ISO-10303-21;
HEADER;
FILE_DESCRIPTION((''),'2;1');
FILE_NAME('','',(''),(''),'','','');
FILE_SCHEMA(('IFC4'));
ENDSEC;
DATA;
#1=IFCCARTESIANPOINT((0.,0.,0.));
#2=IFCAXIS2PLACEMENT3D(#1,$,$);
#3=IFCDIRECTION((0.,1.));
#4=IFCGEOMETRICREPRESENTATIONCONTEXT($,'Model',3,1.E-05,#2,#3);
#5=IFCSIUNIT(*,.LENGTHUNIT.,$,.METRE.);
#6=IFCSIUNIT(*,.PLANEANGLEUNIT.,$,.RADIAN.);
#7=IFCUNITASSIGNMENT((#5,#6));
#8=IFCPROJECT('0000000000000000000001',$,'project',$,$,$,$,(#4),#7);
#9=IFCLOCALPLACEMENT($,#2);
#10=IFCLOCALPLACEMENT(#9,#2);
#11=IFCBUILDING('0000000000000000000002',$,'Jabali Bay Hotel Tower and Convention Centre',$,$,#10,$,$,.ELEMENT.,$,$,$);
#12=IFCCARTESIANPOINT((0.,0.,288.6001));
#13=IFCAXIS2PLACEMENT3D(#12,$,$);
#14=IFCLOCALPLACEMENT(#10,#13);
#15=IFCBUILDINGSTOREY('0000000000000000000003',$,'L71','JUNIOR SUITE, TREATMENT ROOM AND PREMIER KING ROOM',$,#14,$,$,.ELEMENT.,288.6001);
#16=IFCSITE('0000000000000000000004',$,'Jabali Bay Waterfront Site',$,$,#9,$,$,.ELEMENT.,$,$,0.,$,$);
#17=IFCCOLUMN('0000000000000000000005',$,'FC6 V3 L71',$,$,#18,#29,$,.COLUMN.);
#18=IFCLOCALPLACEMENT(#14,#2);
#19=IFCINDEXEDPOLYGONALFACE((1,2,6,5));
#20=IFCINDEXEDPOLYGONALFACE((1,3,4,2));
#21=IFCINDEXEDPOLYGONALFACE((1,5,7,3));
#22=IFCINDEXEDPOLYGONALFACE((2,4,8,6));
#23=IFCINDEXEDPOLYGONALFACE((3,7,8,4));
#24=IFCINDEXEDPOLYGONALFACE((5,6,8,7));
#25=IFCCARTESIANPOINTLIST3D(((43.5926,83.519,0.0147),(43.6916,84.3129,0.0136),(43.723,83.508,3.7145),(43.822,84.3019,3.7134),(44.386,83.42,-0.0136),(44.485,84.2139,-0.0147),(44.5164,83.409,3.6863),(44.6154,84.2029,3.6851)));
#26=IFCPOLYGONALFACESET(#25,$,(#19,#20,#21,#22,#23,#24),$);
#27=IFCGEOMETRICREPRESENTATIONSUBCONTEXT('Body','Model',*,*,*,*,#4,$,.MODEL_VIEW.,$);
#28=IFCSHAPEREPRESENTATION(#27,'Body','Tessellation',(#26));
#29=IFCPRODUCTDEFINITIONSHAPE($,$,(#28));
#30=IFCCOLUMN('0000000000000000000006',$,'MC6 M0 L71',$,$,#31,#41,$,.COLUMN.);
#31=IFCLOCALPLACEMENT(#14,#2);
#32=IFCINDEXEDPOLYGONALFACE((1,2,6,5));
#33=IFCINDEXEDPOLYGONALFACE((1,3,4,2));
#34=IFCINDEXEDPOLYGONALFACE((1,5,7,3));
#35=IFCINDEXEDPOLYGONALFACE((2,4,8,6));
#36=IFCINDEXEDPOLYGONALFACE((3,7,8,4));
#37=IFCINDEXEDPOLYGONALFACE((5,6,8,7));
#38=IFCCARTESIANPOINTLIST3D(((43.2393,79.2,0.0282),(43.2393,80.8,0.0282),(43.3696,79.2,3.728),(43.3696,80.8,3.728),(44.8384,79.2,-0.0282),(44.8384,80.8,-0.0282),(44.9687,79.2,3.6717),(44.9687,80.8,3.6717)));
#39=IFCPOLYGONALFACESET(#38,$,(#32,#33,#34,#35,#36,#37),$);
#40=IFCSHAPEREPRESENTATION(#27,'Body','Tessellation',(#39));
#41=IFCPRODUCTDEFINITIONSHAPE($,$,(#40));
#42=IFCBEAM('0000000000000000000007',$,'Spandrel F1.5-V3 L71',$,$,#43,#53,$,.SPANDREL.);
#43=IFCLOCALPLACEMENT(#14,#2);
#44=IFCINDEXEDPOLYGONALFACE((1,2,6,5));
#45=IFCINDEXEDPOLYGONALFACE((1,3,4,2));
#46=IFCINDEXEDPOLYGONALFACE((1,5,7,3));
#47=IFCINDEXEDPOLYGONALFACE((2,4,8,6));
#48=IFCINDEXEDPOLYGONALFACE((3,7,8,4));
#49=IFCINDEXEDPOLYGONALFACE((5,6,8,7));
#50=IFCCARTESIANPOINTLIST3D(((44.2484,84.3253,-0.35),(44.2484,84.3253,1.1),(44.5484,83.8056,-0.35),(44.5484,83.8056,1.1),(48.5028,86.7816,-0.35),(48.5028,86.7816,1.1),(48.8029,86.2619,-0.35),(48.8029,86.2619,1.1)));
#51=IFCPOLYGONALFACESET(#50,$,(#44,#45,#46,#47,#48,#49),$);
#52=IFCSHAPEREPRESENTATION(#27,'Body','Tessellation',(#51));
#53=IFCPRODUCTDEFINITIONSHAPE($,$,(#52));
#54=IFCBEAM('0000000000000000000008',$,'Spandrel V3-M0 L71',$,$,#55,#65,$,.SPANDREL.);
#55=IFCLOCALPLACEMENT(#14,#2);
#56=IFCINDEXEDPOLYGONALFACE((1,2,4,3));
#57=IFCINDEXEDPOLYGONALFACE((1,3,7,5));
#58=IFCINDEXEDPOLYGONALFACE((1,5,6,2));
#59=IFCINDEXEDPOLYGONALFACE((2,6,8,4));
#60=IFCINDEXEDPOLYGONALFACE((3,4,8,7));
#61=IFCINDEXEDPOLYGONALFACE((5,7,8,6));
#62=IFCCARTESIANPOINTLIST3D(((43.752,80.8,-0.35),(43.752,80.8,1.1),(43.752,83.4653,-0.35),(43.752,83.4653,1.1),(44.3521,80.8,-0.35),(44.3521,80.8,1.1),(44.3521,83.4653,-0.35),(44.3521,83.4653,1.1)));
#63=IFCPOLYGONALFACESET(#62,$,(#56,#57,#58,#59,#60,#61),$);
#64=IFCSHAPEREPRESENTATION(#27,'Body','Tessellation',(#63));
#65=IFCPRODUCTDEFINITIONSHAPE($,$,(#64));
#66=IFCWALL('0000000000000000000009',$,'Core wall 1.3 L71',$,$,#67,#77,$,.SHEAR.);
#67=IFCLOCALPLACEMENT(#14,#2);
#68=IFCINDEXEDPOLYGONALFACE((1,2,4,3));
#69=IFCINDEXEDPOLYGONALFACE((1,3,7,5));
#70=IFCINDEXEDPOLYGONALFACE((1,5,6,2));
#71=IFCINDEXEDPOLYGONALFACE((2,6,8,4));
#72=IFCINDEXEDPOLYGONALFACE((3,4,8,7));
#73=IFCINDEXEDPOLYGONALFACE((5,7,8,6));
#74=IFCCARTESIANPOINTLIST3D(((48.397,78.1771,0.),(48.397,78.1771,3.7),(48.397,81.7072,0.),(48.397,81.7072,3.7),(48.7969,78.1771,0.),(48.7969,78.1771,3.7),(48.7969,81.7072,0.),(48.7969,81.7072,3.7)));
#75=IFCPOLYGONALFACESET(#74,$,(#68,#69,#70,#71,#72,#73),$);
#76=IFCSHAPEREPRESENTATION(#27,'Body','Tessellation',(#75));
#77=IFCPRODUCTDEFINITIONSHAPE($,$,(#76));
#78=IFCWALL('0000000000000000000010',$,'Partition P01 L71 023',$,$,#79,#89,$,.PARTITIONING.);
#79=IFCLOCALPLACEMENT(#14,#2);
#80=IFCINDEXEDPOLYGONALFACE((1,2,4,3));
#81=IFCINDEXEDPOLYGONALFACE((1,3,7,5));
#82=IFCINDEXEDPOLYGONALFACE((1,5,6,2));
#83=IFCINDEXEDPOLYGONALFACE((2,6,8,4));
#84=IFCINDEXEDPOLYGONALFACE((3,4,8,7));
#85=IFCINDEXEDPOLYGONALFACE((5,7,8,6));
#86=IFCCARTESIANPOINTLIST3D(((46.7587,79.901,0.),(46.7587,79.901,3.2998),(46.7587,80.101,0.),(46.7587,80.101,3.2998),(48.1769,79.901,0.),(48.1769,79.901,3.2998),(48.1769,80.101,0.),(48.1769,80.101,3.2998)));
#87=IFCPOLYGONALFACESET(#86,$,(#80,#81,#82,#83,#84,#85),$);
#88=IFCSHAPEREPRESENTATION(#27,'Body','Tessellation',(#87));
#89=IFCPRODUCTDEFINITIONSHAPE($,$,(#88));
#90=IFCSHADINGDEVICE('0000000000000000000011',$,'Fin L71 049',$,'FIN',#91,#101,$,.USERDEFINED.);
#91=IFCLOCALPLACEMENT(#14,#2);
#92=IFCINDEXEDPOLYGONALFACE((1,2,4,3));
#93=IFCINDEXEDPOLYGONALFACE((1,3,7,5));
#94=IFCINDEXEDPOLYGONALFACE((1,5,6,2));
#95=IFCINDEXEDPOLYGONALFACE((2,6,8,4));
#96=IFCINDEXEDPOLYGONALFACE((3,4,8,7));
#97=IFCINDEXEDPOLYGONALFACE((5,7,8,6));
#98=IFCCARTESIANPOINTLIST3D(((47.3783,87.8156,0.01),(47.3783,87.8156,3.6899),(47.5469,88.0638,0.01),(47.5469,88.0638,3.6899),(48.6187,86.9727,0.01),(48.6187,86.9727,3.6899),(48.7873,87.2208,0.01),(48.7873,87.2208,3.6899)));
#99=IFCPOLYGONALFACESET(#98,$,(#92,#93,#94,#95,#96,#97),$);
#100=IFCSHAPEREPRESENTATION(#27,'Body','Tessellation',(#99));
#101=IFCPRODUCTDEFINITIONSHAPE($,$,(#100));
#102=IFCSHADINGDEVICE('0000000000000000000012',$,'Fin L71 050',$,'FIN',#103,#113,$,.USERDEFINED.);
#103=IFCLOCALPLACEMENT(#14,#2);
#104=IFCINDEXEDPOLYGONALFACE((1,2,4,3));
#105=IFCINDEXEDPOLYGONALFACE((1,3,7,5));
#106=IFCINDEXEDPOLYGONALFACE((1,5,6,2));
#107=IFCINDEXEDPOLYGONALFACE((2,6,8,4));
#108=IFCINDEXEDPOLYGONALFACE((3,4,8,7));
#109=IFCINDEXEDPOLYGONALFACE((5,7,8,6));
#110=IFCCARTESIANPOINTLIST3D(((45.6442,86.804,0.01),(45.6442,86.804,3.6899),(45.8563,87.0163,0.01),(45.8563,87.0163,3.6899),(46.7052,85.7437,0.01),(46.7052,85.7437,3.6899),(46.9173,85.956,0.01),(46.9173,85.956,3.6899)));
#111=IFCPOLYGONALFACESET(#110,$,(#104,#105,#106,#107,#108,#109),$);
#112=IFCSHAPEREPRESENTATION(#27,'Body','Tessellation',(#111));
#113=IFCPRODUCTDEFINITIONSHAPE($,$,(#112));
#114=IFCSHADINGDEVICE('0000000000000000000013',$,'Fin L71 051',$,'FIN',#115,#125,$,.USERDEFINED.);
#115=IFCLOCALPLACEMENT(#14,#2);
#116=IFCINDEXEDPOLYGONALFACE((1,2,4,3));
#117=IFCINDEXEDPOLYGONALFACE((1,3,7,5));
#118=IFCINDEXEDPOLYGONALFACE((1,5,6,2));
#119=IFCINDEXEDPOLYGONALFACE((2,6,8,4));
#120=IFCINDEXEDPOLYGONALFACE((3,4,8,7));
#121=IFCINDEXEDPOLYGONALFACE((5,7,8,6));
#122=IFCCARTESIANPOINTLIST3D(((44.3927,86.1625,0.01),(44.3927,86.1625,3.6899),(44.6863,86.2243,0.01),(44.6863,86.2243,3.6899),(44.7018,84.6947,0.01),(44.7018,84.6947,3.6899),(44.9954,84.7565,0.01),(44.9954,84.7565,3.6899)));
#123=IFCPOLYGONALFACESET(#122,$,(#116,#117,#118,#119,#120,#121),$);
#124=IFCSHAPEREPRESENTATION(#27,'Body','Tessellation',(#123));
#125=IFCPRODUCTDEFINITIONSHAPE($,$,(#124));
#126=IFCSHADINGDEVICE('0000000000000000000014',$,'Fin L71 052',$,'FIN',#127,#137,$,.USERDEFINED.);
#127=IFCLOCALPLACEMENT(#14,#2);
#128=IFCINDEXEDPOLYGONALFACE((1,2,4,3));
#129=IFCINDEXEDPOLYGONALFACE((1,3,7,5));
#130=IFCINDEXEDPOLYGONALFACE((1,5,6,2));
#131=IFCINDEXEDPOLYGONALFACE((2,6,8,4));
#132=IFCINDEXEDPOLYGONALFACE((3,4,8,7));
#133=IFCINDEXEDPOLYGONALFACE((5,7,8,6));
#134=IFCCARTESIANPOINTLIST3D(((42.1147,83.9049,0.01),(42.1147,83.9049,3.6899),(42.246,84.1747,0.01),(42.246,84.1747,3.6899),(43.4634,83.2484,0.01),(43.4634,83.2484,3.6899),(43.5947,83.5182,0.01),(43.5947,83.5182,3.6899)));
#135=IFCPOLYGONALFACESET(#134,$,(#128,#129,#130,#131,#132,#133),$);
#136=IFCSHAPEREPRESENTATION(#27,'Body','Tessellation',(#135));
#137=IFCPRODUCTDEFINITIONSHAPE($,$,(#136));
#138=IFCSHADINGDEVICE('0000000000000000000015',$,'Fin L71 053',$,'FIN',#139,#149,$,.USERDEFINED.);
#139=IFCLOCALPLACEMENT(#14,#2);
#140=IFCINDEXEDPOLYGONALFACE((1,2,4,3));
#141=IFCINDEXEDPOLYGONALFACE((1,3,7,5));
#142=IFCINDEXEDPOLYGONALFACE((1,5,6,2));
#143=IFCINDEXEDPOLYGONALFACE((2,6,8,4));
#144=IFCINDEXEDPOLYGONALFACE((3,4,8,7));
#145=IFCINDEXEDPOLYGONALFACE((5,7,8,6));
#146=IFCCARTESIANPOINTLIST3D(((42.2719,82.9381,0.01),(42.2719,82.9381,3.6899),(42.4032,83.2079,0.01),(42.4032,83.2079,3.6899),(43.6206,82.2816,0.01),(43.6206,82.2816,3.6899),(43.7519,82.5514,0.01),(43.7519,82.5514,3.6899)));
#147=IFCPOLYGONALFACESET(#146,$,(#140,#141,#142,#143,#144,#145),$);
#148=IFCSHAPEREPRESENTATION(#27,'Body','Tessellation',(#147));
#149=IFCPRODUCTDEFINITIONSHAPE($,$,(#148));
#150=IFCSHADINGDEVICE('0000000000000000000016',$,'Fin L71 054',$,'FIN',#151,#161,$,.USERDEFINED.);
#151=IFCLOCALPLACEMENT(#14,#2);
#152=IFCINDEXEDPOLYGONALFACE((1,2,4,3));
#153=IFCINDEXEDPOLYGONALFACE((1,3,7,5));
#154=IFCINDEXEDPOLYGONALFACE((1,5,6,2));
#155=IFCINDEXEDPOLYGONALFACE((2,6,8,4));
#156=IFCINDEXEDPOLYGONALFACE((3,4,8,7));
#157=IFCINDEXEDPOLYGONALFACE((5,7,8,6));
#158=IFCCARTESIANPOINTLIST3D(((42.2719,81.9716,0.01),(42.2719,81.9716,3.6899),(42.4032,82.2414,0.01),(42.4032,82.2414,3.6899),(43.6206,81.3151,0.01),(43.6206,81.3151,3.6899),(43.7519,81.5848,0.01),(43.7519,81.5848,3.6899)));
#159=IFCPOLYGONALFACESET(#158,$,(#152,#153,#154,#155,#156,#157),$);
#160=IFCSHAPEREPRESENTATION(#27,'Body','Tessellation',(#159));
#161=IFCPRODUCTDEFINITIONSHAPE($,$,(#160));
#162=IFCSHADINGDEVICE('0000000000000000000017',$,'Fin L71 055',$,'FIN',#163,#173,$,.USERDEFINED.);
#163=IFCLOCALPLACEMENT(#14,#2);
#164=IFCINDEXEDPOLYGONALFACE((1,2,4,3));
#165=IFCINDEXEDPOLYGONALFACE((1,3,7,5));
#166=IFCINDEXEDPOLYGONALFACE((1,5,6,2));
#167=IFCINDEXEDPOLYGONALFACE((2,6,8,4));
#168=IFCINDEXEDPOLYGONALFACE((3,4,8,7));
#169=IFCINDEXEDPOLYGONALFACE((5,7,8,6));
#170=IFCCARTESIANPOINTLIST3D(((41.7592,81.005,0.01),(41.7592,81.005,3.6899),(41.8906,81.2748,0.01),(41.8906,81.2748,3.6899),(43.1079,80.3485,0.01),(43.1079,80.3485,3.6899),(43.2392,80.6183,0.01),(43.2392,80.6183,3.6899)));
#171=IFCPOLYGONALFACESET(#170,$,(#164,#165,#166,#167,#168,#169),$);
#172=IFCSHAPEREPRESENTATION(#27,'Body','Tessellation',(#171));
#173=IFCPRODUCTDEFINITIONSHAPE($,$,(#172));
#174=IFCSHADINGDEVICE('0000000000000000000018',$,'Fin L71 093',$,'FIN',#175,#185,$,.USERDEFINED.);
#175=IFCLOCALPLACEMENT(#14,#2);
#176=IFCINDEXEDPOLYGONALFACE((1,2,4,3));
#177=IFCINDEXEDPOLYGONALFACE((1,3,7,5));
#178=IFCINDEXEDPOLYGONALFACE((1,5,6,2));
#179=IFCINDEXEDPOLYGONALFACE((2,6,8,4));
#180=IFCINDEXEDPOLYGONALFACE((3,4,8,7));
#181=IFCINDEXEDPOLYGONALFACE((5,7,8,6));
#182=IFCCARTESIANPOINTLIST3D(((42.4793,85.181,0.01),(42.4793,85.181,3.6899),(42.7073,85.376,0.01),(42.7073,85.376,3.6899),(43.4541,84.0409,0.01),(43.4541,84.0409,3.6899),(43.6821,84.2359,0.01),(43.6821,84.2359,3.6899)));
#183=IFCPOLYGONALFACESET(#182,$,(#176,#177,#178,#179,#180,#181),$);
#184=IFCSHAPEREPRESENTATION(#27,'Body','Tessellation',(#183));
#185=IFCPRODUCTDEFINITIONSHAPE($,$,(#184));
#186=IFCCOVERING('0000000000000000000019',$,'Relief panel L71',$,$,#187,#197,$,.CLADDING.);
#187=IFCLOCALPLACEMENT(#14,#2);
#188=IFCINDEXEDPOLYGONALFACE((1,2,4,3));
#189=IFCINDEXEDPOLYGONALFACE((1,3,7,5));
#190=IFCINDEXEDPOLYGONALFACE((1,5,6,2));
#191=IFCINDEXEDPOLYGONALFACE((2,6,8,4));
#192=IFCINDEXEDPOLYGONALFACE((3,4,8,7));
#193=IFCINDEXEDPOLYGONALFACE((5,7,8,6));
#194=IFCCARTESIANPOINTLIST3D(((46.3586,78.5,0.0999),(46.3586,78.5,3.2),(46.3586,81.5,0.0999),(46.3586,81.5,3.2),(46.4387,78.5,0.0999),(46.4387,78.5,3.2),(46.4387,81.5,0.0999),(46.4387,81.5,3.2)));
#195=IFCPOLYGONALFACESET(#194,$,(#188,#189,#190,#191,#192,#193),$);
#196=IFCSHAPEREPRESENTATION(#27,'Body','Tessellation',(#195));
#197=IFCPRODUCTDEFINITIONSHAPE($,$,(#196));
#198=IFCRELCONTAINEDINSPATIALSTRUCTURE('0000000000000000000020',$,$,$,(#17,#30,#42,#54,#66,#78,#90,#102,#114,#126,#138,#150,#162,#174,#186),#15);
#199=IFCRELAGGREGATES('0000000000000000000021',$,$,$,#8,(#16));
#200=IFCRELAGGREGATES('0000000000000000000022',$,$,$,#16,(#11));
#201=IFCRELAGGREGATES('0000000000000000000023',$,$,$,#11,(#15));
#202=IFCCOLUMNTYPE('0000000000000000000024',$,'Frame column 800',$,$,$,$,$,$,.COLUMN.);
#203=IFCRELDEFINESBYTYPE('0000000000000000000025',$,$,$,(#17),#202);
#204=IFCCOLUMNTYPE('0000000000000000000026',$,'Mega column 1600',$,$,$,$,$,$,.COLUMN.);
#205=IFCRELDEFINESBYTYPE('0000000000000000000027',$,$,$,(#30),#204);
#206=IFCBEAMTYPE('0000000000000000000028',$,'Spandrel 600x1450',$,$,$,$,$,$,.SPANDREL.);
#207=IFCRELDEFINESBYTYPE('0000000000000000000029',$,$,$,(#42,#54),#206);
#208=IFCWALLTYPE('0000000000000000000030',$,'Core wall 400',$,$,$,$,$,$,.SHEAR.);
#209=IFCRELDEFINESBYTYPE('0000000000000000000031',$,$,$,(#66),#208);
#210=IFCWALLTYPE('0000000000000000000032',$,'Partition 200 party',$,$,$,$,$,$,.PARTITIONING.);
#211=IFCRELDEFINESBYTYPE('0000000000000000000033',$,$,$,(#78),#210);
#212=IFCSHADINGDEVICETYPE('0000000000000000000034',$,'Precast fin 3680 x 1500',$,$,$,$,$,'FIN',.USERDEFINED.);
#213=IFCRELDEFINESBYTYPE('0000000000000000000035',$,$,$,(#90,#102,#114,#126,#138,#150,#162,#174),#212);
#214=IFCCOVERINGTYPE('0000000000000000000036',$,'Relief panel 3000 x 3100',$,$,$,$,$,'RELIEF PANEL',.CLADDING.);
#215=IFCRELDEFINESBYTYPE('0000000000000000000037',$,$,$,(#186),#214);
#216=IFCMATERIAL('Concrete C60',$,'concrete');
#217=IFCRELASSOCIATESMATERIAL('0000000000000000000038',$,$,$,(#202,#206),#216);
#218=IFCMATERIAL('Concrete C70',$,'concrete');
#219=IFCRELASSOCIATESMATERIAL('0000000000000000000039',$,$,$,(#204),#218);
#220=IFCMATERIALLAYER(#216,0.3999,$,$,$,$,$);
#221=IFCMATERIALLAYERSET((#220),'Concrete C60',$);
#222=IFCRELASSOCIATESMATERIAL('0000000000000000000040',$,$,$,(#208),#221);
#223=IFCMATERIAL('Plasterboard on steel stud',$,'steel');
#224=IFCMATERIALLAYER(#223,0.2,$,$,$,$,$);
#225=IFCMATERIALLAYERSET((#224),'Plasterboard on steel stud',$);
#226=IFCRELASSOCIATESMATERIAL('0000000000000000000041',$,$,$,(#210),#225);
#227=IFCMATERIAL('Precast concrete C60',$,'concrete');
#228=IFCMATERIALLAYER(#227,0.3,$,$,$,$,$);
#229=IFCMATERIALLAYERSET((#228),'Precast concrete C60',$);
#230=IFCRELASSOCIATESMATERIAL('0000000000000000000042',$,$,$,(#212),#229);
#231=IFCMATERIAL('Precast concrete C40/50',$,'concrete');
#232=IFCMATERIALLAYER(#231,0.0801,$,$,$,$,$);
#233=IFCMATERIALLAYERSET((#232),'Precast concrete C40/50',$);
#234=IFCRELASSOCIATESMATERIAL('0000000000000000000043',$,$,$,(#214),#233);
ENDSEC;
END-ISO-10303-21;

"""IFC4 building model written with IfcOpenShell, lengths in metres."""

from ifc_helpers import new_model, si_unit, direction, frame, frame_2d, origin, origin_2d, place, context, subcontext, project, spatial, rectangle, extrude, material, layer, layer_set, material_profile, profile_set, type_object, element, save


model = new_model("IFC4")

# Units and contexts
model_context = context("Model", 3, precision=1e-05, world=origin(), true_north=direction((0.0, 1.0)))
body_context = subcontext(model_context, "Body", "Model", "MODEL_VIEW")
ifc_project = project(units=[si_unit("LENGTHUNIT", "METRE"), si_unit("PLANEANGLEUNIT", "RADIAN")], contexts=[model_context])

# Site, building, storey
site_placement = place(None, origin())
site = spatial("IfcSite", under=ifc_project, at=site_placement, Name="Jabali Bay Waterfront Site", CompositionType="ELEMENT", RefElevation=0.0)
building_placement = place(site_placement, origin())
building = spatial("IfcBuilding", under=site, at=building_placement, Name="Jabali Bay Hotel Tower and Convention Centre", CompositionType="ELEMENT")
storey_placement = place(building_placement, frame((0.0, 0.0, 288.6001)))
storey = spatial("IfcBuildingStorey", under=building, at=storey_placement, Name="L71", Description="JUNIOR SUITE, TREATMENT ROOM AND PREMIER KING ROOM", CompositionType="ELEMENT", Elevation=288.6001)

# Columns
ifc_material_1 = material(Name="Concrete C60", Category="concrete")
ifc_material_profile_1 = material_profile(ifc_material_1, rectangle(XDim=0.8, YDim=0.8, at=origin_2d()), Name="Frame column 800")
ifc_profile_set_1 = profile_set([ifc_material_profile_1], Name="Concrete C60")
column_type_1 = type_object("IfcColumnType", Name="Frame column 800", PredefinedType="COLUMN", material=ifc_profile_set_1)
column_1_placement = place(storey_placement, frame((44.0388, 83.8665, 0.0), z_axis=(0.035214, -0.002967, 0.999375), x_axis=(-0.99169, 0.123713, 0.03531)))
element("IfcColumn", 1, at=column_1_placement, inside=storey, type_object=column_type_1, Name="FC6 V3 L71", PredefinedType="COLUMN", context=body_context, shape_type="SweptSolid", body=[
    extrude(rectangle(XDim=0.8, YDim=0.8, at=origin_2d()), origin(), (0.0, 0.0, 1.0), 3.7021),
])
ifc_material_2 = material(Name="Concrete C70", Category="concrete")
ifc_material_profile_2 = material_profile(ifc_material_2, rectangle(XDim=1.6001, YDim=1.6001, at=origin_2d()), Name="Mega column 1600")
ifc_profile_set_2 = profile_set([ifc_material_profile_2], Name="Concrete C70")
column_type_2 = type_object("IfcColumnType", Name="Mega column 1600", PredefinedType="COLUMN", material=ifc_profile_set_2)
column_2_placement = place(storey_placement, frame((44.0388, 80.0, 0.0), z_axis=(0.035214, 0.0, 0.99938), x_axis=(0.0, 1.0, 0.0)))
element("IfcColumn", 2, at=column_2_placement, inside=storey, type_object=column_type_2, Name="MC6 M0 L71", PredefinedType="COLUMN", context=body_context, shape_type="SweptSolid", body=[
    extrude(rectangle(XDim=1.6001, YDim=1.6001, at=origin_2d()), origin(), (0.0, 0.0, 1.0), 3.7021),
])

# Beams
ifc_material_profile_3 = material_profile(ifc_material_1, rectangle(XDim=0.6001, YDim=1.45, at=origin_2d()), Name="Spandrel 600x1450")
ifc_profile_set_3 = profile_set([ifc_material_profile_3], Name="Concrete C60")
beam_type = type_object("IfcBeamType", Name="Spandrel 600x1450", PredefinedType="SPANDREL", material=ifc_profile_set_3)
beam_1_placement = place(storey_placement, frame((48.6528, 86.5217, 0.375), z_axis=(-0.866023, -0.500004, 0.0), x_axis=(0.500004, -0.866023, 0.0)))
element("IfcBeam", 3, at=beam_1_placement, inside=storey, type_object=beam_type, Name="Spandrel F1.5-V3 L71", PredefinedType="SPANDREL", context=body_context, shape_type="SweptSolid", body=[
    extrude(rectangle(XDim=0.6001, YDim=1.45, at=origin_2d()), origin(), (0.0, 0.0, 1.0), 4.9126),
])
beam_2_placement = place(storey_placement, frame((44.052, 83.4653, 0.375), z_axis=(0.0, -1.0, 0.0), x_axis=(1.0, 0.0, 0.0)))
element("IfcBeam", 4, at=beam_2_placement, inside=storey, type_object=beam_type, Name="Spandrel V3-M0 L71", PredefinedType="SPANDREL", context=body_context, shape_type="SweptSolid", body=[
    extrude(rectangle(XDim=0.6001, YDim=1.45, at=origin_2d()), origin(), (0.0, 0.0, 1.0), 2.6653),
])

# Wall
ifc_layer_1 = layer(ifc_material_1, 0.3999)
ifc_layer_set_1 = layer_set([ifc_layer_1], Name="Concrete C60")
wall_type_1 = type_object("IfcWallType", Name="Core wall 400", PredefinedType="SHEAR", material=ifc_layer_set_1)
wall_1_placement = place(storey_placement, frame((48.5969, 81.7073, 0.0), z_axis=(0.0, 0.0, 1.0), x_axis=(0.0, -1.0, 0.0)))
element("IfcWall", 5, at=wall_1_placement, inside=storey, type_object=wall_type_1, Name="Core wall 1.3 L71", PredefinedType="SHEAR", context=body_context, shape_type="SweptSolid", body=[
    extrude(rectangle(XDim=3.53, YDim=0.3999, at=frame_2d((1.7651, 0.0))), origin(), (0.0, 0.0, 1.0), 3.7),
])

# Wall
ifc_material_3 = material(Name="Plasterboard on steel stud", Category="steel")
ifc_layer_2 = layer(ifc_material_3, 0.2)
ifc_layer_set_2 = layer_set([ifc_layer_2], Name="Plasterboard on steel stud")
wall_type_2 = type_object("IfcWallType", Name="Partition 200 party", PredefinedType="PARTITIONING", material=ifc_layer_set_2)
wall_2_placement = place(storey_placement, frame((46.7588, 80.001, 0.0), z_axis=(0.0, 0.0, 1.0), x_axis=(1.0, 0.0, 0.0)))
element("IfcWall", 6, at=wall_2_placement, inside=storey, type_object=wall_type_2, Name="Partition P01 L71 023", PredefinedType="PARTITIONING", context=body_context, shape_type="SweptSolid", body=[
    extrude(rectangle(XDim=1.4182, YDim=0.2, at=frame_2d((0.709, 0.0))), origin(), (0.0, 0.0, 1.0), 3.2998),
])

# Shading devices
ifc_material_4 = material(Name="Precast concrete C60", Category="concrete")
ifc_layer_3 = layer(ifc_material_4, 0.3)
ifc_layer_set_3 = layer_set([ifc_layer_3], Name="Precast concrete C60")
shading_device_type = type_object("IfcShadingDeviceType", Name="Precast fin 3680 x 1500", ElementType="FIN", PredefinedType="USERDEFINED", material=ifc_layer_set_3)
shading_device_placement = place(storey_placement, frame((48.7031, 87.0967, 0.01), z_axis=(0.0, 0.0, 1.0), x_axis=(-0.827084, 0.562078, 0.0)))
element("IfcShadingDevice", 7, at=shading_device_placement, inside=storey, type_object=shading_device_type, Name="Fin L71 049", ObjectType="FIN", PredefinedType="USERDEFINED", context=body_context, shape_type="SweptSolid", body=[
    extrude(rectangle(XDim=1.4998, YDim=0.3, at=frame_2d((0.75, 0.0))), origin(), (0.0, 0.0, 1.0), 3.6799),
])
for number, where, z_axis, x_axis, name in (
    (8, (46.8113, 85.8499, 0.01), (0.0, 0.0, 1.0), (-0.707351, 0.706863, 0.0), "Fin L71 050"),
    (9, (44.8486, 84.7256, 0.01), (0.0, 0.0, 1.0), (-0.20606, 0.978539, 0.0), "Fin L71 051"),
    (10, (43.5291, 83.3833, 0.01), (0.0, 0.0, 1.0), (-0.899129, 0.437683, 0.0), "Fin L71 052"),
    (11, (43.6863, 82.4165, 0.01), (0.0, 0.0, 1.0), (-0.899129, 0.437683, 0.0), "Fin L71 053"),
    (12, (43.6863, 81.45, 0.01), (0.0, 0.0, 1.0), (-0.899129, 0.437683, 0.0), "Fin L71 054"),
    (13, (43.1736, 80.4834, 0.01), (0.0, 0.0, 1.0), (-0.899129, 0.437683, 0.0), "Fin L71 055"),
    (14, (43.5681, 84.1384, 0.01), (0.0, 0.0, 1.0), (-0.649866, 0.760049, 0.0), "Fin L71 093"),
):
    element("IfcShadingDevice", number, at=place(storey_placement, frame(where, z_axis=z_axis, x_axis=x_axis)), inside=storey, type_object=shading_device_type, Name=name, ObjectType="FIN", PredefinedType="USERDEFINED", context=body_context, shape_type="SweptSolid", body=[
        extrude(rectangle(XDim=1.5, YDim=0.3, at=frame_2d((0.75, 0.0))), origin(), (0.0, 0.0, 1.0), 3.6799),
    ])

# Covering
ifc_material_5 = material(Name="Precast concrete C40/50", Category="concrete")
ifc_layer_4 = layer(ifc_material_5, 0.0801)
ifc_layer_set_4 = layer_set([ifc_layer_4], Name="Precast concrete C40/50")
covering_type = type_object("IfcCoveringType", Name="Relief panel 3000 x 3100", ElementType="RELIEF PANEL", PredefinedType="CLADDING", material=ifc_layer_set_4)
covering_placement = place(storey_placement, frame((46.3987, 80.0, 0.0999), z_axis=(0.0, 0.0, 1.0), x_axis=(0.0, 1.0, 0.0)))
element("IfcCovering", 15, at=covering_placement, inside=storey, type_object=covering_type, Name="Relief panel L71", PredefinedType="CLADDING", context=body_context, shape_type="SweptSolid", body=[
    extrude(rectangle(XDim=3.0, YDim=0.0801, at=origin_2d()), origin(), (0.0, 0.0, 1.0), 3.1001),
])

save(model, "model.ifc")
